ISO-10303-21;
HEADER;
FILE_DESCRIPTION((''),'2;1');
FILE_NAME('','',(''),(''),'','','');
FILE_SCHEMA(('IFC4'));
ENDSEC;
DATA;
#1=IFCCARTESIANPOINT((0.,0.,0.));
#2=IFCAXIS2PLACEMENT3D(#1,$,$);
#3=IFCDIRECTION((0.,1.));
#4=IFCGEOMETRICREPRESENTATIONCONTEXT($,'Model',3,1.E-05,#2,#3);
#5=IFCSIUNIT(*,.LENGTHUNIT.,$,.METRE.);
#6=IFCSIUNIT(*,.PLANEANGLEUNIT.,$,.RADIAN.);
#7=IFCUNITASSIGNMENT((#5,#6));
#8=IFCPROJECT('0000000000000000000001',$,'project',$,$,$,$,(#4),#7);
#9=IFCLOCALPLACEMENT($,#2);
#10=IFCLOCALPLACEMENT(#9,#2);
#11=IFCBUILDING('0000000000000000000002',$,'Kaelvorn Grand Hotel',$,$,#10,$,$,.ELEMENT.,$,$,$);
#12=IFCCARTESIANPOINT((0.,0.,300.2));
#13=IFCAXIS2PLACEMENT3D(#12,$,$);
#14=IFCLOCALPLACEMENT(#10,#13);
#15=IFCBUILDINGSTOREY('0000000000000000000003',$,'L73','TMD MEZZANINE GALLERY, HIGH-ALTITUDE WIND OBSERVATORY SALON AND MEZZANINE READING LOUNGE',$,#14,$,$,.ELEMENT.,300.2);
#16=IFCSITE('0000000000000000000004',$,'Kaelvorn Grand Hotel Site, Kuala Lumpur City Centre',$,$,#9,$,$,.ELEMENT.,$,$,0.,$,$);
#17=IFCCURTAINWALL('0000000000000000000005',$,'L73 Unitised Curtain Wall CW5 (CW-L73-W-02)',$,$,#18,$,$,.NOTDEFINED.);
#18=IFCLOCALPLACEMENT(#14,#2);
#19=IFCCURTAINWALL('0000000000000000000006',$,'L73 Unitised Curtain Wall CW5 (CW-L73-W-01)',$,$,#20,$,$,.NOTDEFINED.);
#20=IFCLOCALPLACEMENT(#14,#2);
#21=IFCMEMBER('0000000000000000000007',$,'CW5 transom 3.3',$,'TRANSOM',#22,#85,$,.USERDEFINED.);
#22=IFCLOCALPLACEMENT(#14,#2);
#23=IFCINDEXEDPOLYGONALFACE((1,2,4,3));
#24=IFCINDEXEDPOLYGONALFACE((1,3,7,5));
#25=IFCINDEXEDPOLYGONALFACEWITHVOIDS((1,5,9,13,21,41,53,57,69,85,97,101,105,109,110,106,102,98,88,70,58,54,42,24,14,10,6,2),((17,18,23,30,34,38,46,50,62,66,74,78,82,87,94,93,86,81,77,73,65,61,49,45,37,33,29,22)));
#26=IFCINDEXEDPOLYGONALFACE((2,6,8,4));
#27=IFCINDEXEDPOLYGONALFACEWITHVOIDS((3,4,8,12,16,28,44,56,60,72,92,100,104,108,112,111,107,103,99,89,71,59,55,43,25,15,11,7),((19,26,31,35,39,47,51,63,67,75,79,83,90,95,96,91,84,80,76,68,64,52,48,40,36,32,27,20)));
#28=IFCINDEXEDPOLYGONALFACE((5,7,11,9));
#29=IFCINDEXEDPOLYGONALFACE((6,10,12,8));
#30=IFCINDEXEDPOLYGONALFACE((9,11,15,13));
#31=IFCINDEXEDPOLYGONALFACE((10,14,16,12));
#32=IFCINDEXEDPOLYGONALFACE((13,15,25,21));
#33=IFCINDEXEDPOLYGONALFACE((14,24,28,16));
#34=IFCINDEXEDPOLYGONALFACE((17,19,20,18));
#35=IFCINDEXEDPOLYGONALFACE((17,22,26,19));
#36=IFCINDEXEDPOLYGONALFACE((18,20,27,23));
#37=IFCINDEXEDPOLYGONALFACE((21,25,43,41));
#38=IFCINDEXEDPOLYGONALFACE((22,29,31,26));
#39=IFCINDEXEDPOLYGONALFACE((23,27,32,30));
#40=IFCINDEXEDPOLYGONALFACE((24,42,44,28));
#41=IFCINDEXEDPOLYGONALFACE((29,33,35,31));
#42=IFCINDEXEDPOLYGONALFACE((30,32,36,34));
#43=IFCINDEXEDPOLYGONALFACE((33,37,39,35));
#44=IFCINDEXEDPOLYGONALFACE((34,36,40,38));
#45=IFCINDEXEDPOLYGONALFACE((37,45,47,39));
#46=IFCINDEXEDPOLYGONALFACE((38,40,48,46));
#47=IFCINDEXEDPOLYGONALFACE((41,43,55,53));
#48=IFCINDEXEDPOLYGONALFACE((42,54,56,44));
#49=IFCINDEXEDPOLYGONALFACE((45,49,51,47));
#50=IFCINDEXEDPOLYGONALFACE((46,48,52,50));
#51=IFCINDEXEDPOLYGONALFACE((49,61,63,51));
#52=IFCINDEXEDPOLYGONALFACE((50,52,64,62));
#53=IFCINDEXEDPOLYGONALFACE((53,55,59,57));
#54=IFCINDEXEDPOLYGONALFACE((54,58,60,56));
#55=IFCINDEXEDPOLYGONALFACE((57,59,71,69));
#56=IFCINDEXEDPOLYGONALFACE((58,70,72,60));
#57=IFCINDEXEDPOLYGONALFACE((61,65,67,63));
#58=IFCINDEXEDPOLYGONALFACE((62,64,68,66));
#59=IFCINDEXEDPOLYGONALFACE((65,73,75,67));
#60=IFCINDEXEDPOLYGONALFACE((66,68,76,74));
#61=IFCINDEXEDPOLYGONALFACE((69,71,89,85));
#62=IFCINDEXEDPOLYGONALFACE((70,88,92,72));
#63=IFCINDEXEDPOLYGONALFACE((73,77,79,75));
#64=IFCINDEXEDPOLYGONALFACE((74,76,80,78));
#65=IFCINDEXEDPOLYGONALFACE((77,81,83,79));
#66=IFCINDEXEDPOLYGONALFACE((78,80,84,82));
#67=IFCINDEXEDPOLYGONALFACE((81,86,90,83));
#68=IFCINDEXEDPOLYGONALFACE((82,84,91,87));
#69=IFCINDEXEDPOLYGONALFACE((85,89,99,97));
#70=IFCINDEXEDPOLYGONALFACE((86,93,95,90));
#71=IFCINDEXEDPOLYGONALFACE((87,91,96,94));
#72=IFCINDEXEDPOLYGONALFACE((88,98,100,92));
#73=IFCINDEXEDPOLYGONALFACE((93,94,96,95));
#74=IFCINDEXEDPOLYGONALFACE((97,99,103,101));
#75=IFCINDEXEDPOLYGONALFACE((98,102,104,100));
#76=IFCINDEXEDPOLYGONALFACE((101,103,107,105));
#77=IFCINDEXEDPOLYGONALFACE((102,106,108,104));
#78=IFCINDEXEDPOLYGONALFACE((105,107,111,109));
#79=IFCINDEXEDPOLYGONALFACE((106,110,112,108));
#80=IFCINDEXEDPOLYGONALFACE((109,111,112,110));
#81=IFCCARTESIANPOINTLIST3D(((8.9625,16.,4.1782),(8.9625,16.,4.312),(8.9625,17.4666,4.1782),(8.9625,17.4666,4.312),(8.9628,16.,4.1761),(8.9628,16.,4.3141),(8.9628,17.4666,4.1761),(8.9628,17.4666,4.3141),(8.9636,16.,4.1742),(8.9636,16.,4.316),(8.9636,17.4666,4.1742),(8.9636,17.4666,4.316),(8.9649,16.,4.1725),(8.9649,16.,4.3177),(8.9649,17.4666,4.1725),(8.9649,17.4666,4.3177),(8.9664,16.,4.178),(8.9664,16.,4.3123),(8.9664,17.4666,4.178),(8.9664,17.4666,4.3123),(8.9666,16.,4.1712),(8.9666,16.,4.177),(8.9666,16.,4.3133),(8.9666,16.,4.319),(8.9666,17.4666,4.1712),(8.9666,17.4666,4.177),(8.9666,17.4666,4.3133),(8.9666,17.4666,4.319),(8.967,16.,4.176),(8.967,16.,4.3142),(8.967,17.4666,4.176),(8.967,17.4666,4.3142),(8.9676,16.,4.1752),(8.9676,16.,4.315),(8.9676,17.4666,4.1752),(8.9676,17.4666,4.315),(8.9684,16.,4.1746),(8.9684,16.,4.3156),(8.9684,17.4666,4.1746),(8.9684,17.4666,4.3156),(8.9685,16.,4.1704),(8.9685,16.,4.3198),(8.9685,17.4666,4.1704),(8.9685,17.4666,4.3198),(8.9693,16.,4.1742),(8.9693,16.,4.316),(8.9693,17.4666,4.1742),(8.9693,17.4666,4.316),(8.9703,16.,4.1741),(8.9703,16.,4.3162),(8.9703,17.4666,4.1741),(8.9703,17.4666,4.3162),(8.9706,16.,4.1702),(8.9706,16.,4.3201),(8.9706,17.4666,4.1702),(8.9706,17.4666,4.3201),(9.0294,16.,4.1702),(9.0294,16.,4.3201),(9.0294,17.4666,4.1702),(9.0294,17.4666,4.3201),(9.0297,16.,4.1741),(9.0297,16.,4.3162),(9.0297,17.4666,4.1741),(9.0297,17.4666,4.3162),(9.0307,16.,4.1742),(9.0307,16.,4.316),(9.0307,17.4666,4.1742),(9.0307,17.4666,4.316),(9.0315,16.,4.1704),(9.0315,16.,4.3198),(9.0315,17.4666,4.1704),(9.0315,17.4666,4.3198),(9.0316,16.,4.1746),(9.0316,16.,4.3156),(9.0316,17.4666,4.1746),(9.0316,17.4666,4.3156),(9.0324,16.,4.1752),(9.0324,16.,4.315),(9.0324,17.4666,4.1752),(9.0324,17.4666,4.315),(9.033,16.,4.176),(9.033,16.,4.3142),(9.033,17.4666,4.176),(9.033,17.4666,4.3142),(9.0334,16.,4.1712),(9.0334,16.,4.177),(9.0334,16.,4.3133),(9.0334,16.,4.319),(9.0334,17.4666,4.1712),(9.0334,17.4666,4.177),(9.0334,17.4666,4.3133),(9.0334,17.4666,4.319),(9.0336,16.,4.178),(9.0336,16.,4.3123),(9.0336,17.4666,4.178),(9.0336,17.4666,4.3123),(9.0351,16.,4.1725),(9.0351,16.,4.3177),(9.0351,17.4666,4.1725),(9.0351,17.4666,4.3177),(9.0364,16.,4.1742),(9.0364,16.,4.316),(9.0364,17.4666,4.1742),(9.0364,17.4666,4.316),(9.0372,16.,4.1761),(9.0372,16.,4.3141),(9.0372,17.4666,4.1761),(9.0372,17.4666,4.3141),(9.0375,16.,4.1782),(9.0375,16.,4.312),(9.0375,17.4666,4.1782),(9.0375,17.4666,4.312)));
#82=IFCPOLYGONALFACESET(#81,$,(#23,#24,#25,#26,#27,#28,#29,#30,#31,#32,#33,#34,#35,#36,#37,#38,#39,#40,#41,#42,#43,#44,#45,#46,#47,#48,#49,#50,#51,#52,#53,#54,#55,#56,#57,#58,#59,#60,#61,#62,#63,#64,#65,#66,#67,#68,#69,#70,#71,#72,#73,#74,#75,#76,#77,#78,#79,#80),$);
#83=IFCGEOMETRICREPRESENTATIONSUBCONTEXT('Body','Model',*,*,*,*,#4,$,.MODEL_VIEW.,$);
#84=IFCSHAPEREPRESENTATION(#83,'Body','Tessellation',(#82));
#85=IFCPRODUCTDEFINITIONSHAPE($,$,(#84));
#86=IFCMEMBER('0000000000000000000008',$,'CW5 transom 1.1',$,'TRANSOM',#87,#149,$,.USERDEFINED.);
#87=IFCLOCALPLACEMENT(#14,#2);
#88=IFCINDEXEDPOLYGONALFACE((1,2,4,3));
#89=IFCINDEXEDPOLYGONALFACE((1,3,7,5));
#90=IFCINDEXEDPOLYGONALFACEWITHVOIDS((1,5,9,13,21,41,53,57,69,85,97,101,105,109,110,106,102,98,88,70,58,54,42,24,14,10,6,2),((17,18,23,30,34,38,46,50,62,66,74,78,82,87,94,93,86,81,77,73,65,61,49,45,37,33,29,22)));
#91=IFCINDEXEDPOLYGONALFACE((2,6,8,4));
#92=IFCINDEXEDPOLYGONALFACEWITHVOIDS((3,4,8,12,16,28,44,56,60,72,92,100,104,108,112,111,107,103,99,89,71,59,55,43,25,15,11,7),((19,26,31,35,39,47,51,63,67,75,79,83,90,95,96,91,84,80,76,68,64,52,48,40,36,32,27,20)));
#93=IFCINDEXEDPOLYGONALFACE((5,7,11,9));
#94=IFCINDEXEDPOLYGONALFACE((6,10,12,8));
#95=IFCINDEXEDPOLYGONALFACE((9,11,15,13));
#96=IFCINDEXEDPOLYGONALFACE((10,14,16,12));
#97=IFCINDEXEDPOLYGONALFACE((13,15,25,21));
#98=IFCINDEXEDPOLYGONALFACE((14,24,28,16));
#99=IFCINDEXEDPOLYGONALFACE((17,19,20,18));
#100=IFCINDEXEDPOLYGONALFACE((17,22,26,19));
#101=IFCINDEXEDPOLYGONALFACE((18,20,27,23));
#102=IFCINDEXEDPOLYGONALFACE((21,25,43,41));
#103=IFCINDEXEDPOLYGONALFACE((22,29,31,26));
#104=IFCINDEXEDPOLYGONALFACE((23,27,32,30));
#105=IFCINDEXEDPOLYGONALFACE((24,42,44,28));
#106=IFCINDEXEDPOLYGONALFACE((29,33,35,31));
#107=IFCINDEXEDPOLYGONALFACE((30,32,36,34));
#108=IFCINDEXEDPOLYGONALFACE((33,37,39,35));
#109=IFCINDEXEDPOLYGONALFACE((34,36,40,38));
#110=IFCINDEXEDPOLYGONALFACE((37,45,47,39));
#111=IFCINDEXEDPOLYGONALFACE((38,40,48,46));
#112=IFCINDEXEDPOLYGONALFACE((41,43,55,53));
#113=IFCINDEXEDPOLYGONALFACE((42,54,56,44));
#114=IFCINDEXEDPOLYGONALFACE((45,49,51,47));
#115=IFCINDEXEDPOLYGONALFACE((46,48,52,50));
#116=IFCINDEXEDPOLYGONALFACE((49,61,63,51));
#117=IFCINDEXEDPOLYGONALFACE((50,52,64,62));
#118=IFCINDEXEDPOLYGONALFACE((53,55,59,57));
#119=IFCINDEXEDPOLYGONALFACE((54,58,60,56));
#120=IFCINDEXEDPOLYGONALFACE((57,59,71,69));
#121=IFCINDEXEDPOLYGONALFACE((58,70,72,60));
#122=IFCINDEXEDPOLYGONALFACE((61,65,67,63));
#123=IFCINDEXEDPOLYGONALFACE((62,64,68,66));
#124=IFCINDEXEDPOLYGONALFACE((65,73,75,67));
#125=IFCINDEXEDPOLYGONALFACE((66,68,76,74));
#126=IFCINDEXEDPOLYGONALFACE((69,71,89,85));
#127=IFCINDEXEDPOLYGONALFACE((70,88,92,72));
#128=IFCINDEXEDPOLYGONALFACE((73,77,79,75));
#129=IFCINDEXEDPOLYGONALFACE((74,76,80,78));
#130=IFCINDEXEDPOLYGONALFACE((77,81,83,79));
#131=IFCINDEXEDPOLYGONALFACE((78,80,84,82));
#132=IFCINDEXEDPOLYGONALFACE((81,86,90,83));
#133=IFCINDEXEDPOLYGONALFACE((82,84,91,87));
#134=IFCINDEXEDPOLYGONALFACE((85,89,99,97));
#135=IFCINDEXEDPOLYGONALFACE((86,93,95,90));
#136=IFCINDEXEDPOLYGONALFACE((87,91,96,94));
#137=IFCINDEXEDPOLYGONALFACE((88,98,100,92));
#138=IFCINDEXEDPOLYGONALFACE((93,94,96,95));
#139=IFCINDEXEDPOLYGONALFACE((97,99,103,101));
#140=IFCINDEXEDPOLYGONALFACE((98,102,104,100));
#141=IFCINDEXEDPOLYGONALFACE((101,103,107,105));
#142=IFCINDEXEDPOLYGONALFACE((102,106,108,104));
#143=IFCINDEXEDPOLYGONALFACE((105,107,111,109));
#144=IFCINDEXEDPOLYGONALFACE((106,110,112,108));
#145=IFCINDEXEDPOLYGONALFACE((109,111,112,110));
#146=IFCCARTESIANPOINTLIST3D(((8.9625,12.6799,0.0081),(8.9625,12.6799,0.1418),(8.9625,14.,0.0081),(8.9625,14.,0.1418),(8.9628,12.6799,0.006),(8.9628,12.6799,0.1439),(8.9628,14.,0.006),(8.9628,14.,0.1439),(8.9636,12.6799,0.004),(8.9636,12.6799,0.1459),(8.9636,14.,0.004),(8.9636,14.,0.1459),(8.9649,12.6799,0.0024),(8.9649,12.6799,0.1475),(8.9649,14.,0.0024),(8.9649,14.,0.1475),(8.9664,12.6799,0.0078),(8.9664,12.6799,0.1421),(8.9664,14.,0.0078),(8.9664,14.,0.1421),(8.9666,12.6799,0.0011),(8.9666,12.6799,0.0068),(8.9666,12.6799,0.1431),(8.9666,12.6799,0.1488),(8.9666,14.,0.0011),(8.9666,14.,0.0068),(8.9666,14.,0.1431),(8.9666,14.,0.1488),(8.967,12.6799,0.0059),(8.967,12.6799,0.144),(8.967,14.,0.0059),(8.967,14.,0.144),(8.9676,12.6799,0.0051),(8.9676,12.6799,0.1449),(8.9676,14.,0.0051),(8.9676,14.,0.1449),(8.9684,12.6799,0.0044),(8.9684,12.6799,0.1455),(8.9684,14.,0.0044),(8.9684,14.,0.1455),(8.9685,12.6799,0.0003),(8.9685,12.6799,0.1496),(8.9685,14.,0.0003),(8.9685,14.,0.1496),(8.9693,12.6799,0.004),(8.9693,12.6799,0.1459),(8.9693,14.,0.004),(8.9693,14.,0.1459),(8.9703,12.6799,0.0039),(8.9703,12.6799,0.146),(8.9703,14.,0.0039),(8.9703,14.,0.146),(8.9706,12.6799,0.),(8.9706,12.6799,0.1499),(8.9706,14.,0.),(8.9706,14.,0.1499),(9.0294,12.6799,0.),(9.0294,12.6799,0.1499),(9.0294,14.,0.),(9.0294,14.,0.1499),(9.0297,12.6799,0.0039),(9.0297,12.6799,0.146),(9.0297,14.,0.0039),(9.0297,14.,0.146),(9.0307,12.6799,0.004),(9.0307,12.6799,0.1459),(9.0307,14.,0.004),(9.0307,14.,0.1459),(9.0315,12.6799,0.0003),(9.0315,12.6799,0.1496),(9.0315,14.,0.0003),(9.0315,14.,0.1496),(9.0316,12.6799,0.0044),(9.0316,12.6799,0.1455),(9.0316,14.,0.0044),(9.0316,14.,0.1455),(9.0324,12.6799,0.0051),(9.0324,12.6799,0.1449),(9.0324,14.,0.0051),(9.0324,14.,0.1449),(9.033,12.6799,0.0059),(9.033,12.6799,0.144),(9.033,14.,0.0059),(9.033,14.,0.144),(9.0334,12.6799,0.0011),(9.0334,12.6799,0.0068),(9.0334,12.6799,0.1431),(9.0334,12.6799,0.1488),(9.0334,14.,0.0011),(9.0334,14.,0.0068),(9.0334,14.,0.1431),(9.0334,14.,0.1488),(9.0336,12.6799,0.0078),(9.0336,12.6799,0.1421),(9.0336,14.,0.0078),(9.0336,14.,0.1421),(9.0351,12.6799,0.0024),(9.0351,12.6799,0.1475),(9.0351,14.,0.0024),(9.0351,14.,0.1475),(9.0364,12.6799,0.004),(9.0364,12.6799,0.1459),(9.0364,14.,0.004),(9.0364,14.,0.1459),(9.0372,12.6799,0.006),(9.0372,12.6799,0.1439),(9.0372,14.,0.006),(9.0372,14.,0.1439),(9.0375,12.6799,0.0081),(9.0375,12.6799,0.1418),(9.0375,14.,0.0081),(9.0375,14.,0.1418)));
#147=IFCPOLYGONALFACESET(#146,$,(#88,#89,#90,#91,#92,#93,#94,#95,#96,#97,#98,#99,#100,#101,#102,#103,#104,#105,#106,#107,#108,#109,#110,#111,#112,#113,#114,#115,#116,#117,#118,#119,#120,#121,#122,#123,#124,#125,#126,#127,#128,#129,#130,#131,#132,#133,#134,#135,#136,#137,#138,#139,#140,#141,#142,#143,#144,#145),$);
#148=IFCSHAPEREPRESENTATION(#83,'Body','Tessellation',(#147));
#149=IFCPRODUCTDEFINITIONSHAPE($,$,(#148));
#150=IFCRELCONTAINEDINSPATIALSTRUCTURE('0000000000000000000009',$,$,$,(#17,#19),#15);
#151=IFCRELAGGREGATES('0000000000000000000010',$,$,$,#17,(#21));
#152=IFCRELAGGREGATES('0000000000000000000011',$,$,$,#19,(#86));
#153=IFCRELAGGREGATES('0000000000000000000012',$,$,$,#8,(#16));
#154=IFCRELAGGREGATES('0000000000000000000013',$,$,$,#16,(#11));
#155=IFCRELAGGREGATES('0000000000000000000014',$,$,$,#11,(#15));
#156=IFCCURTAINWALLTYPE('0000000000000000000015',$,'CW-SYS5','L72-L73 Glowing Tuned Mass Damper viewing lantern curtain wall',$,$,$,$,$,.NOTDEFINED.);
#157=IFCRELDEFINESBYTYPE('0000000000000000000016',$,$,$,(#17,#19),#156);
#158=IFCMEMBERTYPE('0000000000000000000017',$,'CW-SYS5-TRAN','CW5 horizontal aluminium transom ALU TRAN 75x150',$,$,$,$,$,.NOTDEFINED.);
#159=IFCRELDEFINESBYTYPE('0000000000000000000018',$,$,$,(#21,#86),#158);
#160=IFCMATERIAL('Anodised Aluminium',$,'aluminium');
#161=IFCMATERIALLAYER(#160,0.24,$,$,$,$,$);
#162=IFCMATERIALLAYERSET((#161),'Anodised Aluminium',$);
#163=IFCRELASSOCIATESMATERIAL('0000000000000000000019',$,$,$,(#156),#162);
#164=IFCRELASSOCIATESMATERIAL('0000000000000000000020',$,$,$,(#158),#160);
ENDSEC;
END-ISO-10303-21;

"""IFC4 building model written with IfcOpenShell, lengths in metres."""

from ifc_helpers import new_model, si_unit, direction, frame, origin, origin_2d, place, context, subcontext, project, spatial, hollow_rectangle, extrude, material, layer, layer_set, material_profile, profile_set, type_object, element, aggregate, save


model = new_model("IFC4")

# Units and contexts
model_context = context("Model", 3, precision=1e-05, world=origin(), true_north=direction((0.0, 1.0)))
body_context = subcontext(model_context, "Body", "Model", "MODEL_VIEW")
ifc_project = project(units=[si_unit("LENGTHUNIT", "METRE"), si_unit("PLANEANGLEUNIT", "RADIAN")], contexts=[model_context])

# Site, building, storey
site_placement = place(None, origin())
site = spatial("IfcSite", under=ifc_project, at=site_placement, Name="Kaelvorn Grand Hotel Site, Kuala Lumpur City Centre", CompositionType="ELEMENT", RefElevation=0.0)
building_placement = place(site_placement, origin())
building = spatial("IfcBuilding", under=site, at=building_placement, Name="Kaelvorn Grand Hotel", CompositionType="ELEMENT")
storey_placement = place(building_placement, frame((0.0, 0.0, 300.2)))
storey = spatial("IfcBuildingStorey", under=building, at=storey_placement, Name="L73", Description="TMD MEZZANINE GALLERY, HIGH-ALTITUDE WIND OBSERVATORY SALON AND MEZZANINE READING LOUNGE", CompositionType="ELEMENT", Elevation=300.2)

# Curtain walls
ifc_material_1 = material(Name="Anodised Aluminium", Category="aluminium")
ifc_layer_1 = layer(ifc_material_1, 0.24)
ifc_layer_set_1 = layer_set([ifc_layer_1], Name="Anodised Aluminium")
curtain_wall_type = type_object("IfcCurtainWallType", Name="CW-SYS5", Description="L72-L73 Glowing Tuned Mass Damper viewing lantern curtain wall", PredefinedType="NOTDEFINED", material=ifc_layer_set_1)
curtain_wall_1_placement = place(storey_placement, origin())
curtain_wall_1 = element("IfcCurtainWall", 1, at=curtain_wall_1_placement, inside=storey, type_object=curtain_wall_type, Name="L73 Unitised Curtain Wall CW5 (CW-L73-W-02)", PredefinedType="NOTDEFINED")
curtain_wall_2_placement = place(storey_placement, origin())
curtain_wall_2 = element("IfcCurtainWall", 2, at=curtain_wall_2_placement, inside=storey, type_object=curtain_wall_type, Name="L73 Unitised Curtain Wall CW5 (CW-L73-W-01)", PredefinedType="NOTDEFINED")

# Members
ifc_material_profile_1 = material_profile(ifc_material_1, hollow_rectangle(XDim=0.075, YDim=0.1499, WallThickness=0.0039, InnerFilletRadius=0.0039, OuterFilletRadius=0.0081, at=origin_2d()), Name="ALU TRAN 75x150")
ifc_profile_set_1 = profile_set([ifc_material_profile_1], Name="Anodised Aluminium")
member_type_1 = type_object("IfcMemberType", Name="CW-SYS5-TRAN", Description="CW5 horizontal aluminium transom ALU TRAN 75x150", PredefinedType="NOTDEFINED", material=ifc_profile_set_1)
member_1_placement = place(storey_placement, frame((9.0, 17.4666, 4.2451), z_axis=(0.0, -1.0, 0.0), x_axis=(1.0, 0.0, 0.0)))
member_1 = element("IfcMember", 3, at=member_1_placement, type_object=member_type_1, Name="CW5 transom 3.3", ObjectType="TRANSOM", PredefinedType="USERDEFINED", context=body_context, shape_type="SweptSolid", body=[
    extrude(hollow_rectangle(XDim=0.075, YDim=0.1499, WallThickness=0.0039, InnerFilletRadius=0.0039, OuterFilletRadius=0.0081, at=origin_2d()), origin(), (0.0, 0.0, 1.0), 1.4666),
])
member_2_placement = place(storey_placement, frame((9.0, 14.0, 0.075), z_axis=(0.0, -1.0, 0.0), x_axis=(1.0, 0.0, 0.0)))
member_2 = element("IfcMember", 4, at=member_2_placement, type_object=member_type_1, Name="CW5 transom 1.1", ObjectType="TRANSOM", PredefinedType="USERDEFINED", context=body_context, shape_type="SweptSolid", body=[
    extrude(hollow_rectangle(XDim=0.075, YDim=0.1499, WallThickness=0.0039, InnerFilletRadius=0.0039, OuterFilletRadius=0.0081, at=origin_2d()), origin(), (0.0, 0.0, 1.0), 1.3201),
])

aggregate(curtain_wall_1, [member_1])
aggregate(curtain_wall_2, [member_2])

save(model, "model.ifc")
